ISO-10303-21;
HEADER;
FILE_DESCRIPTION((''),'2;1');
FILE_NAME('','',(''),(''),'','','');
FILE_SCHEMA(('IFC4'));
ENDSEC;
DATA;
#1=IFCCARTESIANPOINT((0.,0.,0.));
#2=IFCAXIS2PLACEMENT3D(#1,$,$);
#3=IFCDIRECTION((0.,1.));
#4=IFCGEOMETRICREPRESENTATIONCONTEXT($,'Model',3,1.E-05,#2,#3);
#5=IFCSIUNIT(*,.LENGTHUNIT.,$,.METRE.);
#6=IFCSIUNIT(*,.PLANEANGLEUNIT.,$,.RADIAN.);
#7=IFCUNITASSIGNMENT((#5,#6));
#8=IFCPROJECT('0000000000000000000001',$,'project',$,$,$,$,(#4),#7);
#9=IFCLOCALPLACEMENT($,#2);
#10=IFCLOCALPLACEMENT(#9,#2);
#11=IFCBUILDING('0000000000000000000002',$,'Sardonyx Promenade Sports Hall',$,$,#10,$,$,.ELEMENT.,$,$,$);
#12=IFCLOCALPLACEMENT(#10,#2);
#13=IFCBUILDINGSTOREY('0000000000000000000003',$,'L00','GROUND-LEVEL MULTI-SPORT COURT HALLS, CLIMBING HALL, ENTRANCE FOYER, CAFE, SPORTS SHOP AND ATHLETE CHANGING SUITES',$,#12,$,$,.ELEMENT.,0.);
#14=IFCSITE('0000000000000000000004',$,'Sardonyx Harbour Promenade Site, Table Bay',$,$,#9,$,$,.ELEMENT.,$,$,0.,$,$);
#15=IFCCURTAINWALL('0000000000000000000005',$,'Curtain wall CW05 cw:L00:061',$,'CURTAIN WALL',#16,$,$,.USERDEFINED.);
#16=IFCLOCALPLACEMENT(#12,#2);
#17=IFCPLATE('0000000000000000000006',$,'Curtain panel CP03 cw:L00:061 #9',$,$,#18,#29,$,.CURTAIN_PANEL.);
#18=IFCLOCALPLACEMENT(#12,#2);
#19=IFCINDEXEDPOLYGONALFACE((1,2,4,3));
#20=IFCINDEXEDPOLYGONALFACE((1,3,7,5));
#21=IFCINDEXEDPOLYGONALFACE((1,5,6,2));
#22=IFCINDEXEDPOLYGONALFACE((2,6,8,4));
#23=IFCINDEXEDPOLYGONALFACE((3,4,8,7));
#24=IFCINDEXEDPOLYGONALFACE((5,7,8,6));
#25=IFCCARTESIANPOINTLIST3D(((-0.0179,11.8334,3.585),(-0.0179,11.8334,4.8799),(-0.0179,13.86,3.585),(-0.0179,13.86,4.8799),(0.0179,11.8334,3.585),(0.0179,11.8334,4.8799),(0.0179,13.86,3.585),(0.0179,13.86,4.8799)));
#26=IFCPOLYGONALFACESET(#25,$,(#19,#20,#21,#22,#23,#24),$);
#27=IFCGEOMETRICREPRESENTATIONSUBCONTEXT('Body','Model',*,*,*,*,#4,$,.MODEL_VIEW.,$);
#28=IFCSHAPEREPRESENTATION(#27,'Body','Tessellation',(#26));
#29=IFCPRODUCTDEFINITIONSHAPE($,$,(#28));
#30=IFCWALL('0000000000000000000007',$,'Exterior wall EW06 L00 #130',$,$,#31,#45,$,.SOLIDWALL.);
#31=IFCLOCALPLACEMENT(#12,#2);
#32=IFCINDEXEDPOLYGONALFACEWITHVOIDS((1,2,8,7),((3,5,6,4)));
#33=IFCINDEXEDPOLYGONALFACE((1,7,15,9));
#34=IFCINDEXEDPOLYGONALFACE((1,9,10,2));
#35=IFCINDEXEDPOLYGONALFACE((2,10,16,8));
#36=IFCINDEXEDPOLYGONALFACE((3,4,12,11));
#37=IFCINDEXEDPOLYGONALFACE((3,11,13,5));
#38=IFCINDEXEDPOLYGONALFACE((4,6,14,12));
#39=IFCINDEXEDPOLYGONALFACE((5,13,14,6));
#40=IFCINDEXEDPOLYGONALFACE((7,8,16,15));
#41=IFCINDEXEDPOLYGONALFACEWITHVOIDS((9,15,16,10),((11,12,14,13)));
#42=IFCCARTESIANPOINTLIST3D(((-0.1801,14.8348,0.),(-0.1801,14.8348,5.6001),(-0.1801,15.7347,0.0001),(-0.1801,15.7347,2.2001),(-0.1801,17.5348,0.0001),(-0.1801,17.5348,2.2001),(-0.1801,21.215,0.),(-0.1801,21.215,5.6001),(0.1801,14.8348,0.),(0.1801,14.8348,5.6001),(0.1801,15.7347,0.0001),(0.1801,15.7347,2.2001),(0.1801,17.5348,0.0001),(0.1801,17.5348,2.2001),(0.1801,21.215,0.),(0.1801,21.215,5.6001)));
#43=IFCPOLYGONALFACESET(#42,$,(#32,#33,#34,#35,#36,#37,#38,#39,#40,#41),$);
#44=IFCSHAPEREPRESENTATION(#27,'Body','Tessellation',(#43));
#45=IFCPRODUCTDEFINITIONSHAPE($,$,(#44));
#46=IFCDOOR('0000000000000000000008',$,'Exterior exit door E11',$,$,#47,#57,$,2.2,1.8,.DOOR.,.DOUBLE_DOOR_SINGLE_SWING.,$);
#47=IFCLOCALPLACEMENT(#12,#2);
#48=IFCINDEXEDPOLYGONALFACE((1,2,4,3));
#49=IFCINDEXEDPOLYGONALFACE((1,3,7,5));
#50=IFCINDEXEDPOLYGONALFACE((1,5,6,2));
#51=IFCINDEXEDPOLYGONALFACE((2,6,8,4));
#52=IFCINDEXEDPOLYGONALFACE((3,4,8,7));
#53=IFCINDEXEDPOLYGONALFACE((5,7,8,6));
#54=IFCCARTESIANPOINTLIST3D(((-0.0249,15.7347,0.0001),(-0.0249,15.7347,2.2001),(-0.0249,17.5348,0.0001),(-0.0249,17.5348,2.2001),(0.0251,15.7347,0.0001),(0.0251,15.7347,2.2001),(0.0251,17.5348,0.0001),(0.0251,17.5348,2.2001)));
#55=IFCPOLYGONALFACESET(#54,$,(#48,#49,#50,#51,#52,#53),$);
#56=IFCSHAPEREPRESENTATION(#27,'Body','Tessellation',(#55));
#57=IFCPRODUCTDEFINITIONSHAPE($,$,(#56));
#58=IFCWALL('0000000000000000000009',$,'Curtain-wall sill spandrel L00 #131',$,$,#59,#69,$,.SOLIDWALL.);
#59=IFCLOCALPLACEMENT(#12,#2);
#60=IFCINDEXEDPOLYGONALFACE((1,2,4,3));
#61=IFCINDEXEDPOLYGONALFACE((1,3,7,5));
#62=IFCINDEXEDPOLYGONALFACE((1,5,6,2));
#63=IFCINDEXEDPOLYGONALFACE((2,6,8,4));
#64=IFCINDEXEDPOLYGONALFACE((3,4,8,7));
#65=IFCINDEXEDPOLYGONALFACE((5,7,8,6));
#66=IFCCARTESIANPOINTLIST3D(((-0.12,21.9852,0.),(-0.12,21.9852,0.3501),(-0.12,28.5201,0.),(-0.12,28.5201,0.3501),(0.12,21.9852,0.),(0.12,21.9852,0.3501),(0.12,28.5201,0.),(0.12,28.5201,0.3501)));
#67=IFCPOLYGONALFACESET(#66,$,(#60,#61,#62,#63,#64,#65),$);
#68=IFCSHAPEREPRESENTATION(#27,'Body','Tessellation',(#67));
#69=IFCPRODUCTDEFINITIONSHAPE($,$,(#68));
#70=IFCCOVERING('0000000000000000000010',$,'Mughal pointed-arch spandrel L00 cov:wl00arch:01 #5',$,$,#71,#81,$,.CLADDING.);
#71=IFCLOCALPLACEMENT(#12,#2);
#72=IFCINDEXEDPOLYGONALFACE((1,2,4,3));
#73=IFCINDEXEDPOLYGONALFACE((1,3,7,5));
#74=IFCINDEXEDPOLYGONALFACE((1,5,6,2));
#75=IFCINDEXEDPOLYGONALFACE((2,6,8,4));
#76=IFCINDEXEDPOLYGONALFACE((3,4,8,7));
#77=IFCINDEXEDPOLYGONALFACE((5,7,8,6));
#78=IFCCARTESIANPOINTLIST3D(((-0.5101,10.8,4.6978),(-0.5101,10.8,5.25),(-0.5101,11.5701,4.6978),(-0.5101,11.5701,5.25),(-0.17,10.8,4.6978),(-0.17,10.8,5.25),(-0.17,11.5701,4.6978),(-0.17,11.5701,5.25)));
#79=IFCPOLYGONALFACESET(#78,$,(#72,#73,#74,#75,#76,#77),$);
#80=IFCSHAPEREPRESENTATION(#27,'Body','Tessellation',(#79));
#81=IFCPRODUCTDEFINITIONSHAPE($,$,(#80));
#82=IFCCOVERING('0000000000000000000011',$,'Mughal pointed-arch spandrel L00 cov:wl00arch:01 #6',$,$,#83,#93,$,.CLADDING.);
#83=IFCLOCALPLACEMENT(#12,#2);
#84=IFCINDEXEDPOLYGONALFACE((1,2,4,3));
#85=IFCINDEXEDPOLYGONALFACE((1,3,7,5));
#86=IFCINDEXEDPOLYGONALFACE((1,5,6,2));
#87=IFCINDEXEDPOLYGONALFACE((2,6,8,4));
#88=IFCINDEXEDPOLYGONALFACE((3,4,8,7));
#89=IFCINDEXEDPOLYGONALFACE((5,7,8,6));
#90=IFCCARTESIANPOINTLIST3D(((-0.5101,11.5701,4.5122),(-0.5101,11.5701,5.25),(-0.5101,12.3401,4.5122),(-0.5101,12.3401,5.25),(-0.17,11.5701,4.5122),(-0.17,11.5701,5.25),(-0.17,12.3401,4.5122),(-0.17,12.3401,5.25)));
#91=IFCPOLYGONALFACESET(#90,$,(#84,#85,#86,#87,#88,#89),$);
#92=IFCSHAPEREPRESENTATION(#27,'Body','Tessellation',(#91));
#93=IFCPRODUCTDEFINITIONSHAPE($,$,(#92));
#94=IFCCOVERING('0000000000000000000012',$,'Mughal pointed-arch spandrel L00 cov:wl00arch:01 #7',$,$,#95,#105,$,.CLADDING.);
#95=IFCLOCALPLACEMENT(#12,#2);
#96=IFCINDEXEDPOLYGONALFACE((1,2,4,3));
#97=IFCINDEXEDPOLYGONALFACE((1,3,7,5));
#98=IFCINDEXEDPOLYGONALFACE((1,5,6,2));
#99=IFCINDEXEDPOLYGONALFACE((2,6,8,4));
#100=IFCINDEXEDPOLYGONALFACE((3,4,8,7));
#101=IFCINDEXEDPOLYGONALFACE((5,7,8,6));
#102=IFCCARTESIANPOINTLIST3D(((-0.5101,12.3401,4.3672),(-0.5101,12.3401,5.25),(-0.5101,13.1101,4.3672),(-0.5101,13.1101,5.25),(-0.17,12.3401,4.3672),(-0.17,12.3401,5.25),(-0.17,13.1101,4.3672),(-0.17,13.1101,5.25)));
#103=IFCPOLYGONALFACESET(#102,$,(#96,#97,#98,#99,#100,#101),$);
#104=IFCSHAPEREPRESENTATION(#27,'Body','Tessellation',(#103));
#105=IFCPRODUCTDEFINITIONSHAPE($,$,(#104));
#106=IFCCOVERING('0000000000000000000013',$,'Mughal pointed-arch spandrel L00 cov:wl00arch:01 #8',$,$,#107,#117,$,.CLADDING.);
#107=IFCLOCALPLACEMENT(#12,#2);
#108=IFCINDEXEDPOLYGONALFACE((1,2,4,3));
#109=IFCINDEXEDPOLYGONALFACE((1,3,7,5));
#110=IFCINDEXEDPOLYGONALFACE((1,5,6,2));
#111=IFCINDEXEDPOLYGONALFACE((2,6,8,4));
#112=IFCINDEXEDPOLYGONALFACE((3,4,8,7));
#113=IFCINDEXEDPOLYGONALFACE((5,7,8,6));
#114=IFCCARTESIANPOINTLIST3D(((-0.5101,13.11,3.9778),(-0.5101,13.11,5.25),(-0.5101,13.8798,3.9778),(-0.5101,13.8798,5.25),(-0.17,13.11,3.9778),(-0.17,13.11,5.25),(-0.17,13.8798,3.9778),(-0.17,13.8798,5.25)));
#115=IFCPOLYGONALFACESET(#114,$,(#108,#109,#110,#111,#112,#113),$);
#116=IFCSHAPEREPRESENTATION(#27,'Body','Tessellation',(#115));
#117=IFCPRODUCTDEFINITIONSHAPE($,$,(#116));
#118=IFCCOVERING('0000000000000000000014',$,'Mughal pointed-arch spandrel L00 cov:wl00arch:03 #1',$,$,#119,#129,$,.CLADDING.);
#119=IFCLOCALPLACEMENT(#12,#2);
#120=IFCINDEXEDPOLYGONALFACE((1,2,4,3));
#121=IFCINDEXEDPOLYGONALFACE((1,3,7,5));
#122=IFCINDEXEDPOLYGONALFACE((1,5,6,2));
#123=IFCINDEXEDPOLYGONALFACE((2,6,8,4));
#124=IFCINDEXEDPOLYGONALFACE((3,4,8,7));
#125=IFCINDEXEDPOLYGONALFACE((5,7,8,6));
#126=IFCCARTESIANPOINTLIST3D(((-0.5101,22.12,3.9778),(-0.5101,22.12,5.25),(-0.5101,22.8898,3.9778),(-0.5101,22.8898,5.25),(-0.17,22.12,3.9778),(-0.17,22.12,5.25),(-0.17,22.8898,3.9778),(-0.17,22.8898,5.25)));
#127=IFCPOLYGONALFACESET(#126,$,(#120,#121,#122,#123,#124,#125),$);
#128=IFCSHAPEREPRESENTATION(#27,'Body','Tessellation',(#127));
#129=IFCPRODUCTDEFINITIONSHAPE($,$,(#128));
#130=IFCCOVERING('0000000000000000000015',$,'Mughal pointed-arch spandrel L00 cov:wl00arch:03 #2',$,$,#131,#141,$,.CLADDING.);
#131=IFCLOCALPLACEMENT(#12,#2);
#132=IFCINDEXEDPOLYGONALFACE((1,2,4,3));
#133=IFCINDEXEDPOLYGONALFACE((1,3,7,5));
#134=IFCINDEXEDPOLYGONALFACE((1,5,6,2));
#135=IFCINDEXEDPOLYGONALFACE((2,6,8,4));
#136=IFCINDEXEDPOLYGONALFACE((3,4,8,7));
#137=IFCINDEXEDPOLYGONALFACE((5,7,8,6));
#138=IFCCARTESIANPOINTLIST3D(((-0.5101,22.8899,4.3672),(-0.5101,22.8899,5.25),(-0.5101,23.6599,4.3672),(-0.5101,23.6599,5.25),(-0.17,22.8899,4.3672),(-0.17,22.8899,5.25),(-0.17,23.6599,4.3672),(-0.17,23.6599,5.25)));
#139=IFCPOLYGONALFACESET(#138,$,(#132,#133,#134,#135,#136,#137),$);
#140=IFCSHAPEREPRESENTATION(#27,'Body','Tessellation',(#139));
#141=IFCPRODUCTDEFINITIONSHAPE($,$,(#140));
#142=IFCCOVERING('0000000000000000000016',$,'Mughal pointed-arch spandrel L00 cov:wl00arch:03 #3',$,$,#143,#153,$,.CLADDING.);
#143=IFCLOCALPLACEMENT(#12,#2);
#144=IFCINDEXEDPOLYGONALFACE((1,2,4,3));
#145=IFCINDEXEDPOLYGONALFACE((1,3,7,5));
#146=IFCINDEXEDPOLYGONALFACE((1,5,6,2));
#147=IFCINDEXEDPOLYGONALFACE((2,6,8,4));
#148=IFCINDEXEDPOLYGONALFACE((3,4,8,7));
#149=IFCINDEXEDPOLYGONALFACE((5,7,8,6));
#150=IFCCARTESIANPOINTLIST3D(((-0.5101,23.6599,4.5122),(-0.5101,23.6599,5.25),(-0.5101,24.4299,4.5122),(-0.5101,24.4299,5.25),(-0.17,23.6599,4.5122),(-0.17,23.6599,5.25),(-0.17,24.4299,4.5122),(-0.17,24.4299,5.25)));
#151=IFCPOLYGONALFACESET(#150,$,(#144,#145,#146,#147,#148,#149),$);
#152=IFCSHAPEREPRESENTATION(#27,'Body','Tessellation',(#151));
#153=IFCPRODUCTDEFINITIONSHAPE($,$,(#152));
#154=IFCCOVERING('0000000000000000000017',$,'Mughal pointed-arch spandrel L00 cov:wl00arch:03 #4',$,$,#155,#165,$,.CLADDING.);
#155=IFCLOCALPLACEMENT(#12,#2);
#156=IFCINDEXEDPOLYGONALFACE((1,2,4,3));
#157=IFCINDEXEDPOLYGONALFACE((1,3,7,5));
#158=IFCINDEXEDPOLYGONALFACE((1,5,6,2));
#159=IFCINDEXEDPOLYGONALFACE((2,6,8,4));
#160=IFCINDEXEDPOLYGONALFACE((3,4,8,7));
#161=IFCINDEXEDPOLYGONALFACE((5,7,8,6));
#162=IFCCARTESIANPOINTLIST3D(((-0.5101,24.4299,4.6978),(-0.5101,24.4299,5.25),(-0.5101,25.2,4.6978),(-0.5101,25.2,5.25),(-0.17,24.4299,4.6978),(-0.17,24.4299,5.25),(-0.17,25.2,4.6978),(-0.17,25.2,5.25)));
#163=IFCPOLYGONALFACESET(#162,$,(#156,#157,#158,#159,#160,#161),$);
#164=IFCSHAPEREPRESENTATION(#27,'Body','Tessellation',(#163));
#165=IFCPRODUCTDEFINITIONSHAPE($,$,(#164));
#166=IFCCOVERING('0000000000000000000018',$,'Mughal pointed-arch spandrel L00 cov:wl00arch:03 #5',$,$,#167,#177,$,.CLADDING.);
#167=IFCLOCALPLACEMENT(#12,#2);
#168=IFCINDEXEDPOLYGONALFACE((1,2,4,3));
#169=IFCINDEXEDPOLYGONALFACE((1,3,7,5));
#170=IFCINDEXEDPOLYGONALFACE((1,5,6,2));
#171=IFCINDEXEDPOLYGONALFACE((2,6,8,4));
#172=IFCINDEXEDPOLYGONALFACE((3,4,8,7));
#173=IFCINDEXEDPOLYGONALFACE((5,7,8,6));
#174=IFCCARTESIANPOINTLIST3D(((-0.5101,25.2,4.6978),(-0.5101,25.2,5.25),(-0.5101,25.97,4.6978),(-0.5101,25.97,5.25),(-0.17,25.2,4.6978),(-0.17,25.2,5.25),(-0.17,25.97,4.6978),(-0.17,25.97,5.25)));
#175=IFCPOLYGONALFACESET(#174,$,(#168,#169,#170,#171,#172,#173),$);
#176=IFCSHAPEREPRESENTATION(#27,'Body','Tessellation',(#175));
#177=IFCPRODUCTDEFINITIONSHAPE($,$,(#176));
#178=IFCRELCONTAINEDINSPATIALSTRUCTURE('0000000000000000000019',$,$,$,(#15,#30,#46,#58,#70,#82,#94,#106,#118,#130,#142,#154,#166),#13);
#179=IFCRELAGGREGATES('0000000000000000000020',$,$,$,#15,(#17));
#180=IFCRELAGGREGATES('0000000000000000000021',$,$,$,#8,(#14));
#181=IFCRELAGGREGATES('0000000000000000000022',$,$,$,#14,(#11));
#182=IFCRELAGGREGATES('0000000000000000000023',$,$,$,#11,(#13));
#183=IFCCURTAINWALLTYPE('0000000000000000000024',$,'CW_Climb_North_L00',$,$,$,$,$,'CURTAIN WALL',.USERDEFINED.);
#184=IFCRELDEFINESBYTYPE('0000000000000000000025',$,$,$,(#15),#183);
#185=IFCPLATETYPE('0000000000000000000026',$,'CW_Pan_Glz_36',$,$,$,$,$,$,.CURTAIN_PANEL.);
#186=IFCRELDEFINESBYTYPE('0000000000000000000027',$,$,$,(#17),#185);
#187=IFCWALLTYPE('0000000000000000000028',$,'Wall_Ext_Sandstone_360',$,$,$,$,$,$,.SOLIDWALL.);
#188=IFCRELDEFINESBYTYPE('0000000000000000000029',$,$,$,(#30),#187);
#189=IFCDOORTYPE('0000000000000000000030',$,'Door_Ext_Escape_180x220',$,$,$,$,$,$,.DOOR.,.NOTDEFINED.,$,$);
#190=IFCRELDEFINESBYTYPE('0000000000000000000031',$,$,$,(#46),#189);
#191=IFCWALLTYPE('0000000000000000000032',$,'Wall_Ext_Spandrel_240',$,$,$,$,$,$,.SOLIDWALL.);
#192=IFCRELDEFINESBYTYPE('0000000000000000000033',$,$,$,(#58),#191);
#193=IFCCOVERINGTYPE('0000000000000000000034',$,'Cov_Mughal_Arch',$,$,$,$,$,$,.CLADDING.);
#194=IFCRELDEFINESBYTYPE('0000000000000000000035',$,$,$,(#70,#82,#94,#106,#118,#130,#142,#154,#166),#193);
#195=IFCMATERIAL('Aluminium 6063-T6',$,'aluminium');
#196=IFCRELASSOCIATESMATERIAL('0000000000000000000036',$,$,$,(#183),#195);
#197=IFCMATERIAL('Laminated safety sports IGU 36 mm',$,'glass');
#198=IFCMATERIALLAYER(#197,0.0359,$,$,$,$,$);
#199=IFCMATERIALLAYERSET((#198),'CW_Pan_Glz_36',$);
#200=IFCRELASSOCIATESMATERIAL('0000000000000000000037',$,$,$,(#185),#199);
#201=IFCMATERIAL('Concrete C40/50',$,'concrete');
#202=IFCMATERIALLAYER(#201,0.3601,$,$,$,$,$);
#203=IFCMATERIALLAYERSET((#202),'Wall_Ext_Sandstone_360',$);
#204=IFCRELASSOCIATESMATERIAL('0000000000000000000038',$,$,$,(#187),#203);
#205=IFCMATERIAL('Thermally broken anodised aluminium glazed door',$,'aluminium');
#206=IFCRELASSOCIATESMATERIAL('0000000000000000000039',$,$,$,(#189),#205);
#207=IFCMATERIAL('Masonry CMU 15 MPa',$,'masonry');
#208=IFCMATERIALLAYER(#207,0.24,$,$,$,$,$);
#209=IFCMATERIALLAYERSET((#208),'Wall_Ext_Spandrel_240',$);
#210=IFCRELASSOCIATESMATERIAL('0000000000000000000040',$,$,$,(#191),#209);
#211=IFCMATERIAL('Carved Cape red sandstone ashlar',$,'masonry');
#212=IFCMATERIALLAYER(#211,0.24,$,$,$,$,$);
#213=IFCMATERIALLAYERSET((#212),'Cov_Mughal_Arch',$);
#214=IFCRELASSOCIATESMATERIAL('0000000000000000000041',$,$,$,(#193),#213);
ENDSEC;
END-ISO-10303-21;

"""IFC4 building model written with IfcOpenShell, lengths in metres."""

from ifc_helpers import new_model, si_unit, direction, frame, frame_2d, origin, origin_2d, place, context, subcontext, project, spatial, rectangle, extrude, material, layer, layer_set, type_object, element, fill, aggregate, save


model = new_model("IFC4")

# Units and contexts
model_context = context("Model", 3, precision=1e-05, world=origin(), true_north=direction((0.0, 1.0)))
body_context = subcontext(model_context, "Body", "Model", "MODEL_VIEW")
ifc_project = project(units=[si_unit("LENGTHUNIT", "METRE"), si_unit("PLANEANGLEUNIT", "RADIAN")], contexts=[model_context])

# Site, building, storey
site_placement = place(None, origin())
site = spatial("IfcSite", under=ifc_project, at=site_placement, Name="Sardonyx Harbour Promenade Site, Table Bay", CompositionType="ELEMENT", RefElevation=0.0)
building_placement = place(site_placement, origin())
building = spatial("IfcBuilding", under=site, at=building_placement, Name="Sardonyx Promenade Sports Hall", CompositionType="ELEMENT")
storey_placement = place(building_placement, origin())
storey = spatial("IfcBuildingStorey", under=building, at=storey_placement, Name="L00", Description="GROUND-LEVEL MULTI-SPORT COURT HALLS, CLIMBING HALL, ENTRANCE FOYER, CAFE, SPORTS SHOP AND ATHLETE CHANGING SUITES", CompositionType="ELEMENT", Elevation=0.0)

# Curtain wall
ifc_material_1 = material(Name="Aluminium 6063-T6", Category="aluminium")
curtain_wall_type = type_object("IfcCurtainWallType", Name="CW_Climb_North_L00", ElementType="CURTAIN WALL", PredefinedType="USERDEFINED", material=ifc_material_1)
curtain_wall_1_placement = place(storey_placement, origin())
curtain_wall_1 = element("IfcCurtainWall", 1, at=curtain_wall_1_placement, inside=storey, type_object=curtain_wall_type, Name="Curtain wall CW05 cw:L00:061", ObjectType="CURTAIN WALL", PredefinedType="USERDEFINED")

# Plate
ifc_material_2 = material(Name="Laminated safety sports IGU 36 mm", Category="glass")
ifc_layer_1 = layer(ifc_material_2, 0.0359)
ifc_layer_set_1 = layer_set([ifc_layer_1], Name="CW_Pan_Glz_36")
plate_type = type_object("IfcPlateType", Name="CW_Pan_Glz_36", PredefinedType="CURTAIN_PANEL", material=ifc_layer_set_1)
plate_1_placement = place(storey_placement, frame((0.0, 12.8467, 3.585), z_axis=(0.0, 0.0, 1.0), x_axis=(0.0, 1.0, 0.0)))
plate_1 = element("IfcPlate", 2, at=plate_1_placement, type_object=plate_type, Name="Curtain panel CP03 cw:L00:061 #9", PredefinedType="CURTAIN_PANEL", context=body_context, shape_type="SweptSolid", body=[
    extrude(rectangle(XDim=2.0266, YDim=0.0359, at=origin_2d()), origin(), (0.0, 0.0, 1.0), 1.2949),
])
aggregate(curtain_wall_1, [plate_1])

# Wall, opening, door
ifc_material_3 = material(Name="Concrete C40/50", Category="concrete")
ifc_layer_2 = layer(ifc_material_3, 0.3601)
ifc_layer_set_2 = layer_set([ifc_layer_2], Name="Wall_Ext_Sandstone_360")
wall_type_1 = type_object("IfcWallType", Name="Wall_Ext_Sandstone_360", PredefinedType="SOLIDWALL", material=ifc_layer_set_2)
wall_1_placement = place(storey_placement, frame((0.0, 14.835, 0.0), z_axis=(0.0, 0.0, 1.0), x_axis=(0.0, 1.0, 0.0)))
wall_1 = element("IfcWall", 3, at=wall_1_placement, inside=storey, type_object=wall_type_1, Name="Exterior wall EW06 L00 #130", PredefinedType="SOLIDWALL", context=body_context, shape_type="SweptSolid", body=[
    extrude(rectangle(XDim=6.3801, YDim=0.3601, at=frame_2d((3.1899, 0.0))), origin(), (0.0, 0.0, 1.0), 5.6001),
])
opening_placement = place(wall_1_placement, frame((0.8999, 0.0, 0.0)))
opening = element("IfcOpeningElement", 4, at=opening_placement, cuts=wall_1, PredefinedType="OPENING", context=body_context, shape_type="SweptSolid", body=[
    extrude(rectangle(XDim=1.8, YDim=2.2, at=frame_2d((0.8999, 1.1001))), frame((0.0, 0.19, 0.0), z_axis=(0.0, -1.0, 0.0), x_axis=(1.0, 0.0, 0.0)), (0.0, 0.0, 1.0), 0.38),
])
ifc_material_4 = material(Name="Thermally broken anodised aluminium glazed door", Category="aluminium")
door_type = type_object("IfcDoorType", Name="Door_Ext_Escape_180x220", OperationType="NOTDEFINED", PredefinedType="DOOR", material=ifc_material_4)
door_placement = place(opening_placement, origin())
door = element("IfcDoor", 5, at=door_placement, inside=storey, type_object=door_type, Name="Exterior exit door E11", OperationType="DOUBLE_DOOR_SINGLE_SWING", OverallHeight=2.2, OverallWidth=1.8, PredefinedType="DOOR", context=body_context, shape_type="SweptSolid", body=[
    extrude(rectangle(XDim=1.8, YDim=2.2, at=frame_2d((0.8999, 1.1001))), frame((0.0, 0.0249, 0.0), z_axis=(0.0, -1.0, 0.0), x_axis=(1.0, 0.0, 0.0)), (0.0, 0.0, 1.0), 0.05),
])
fill(opening, door)

# Wall
ifc_material_5 = material(Name="Masonry CMU 15 MPa", Category="masonry")
ifc_layer_3 = layer(ifc_material_5, 0.24)
ifc_layer_set_3 = layer_set([ifc_layer_3], Name="Wall_Ext_Spandrel_240")
wall_type_2 = type_object("IfcWallType", Name="Wall_Ext_Spandrel_240", PredefinedType="SOLIDWALL", material=ifc_layer_set_3)
wall_2_placement = place(storey_placement, frame((0.0, 21.9851, 0.0), z_axis=(0.0, 0.0, 1.0), x_axis=(0.0, 1.0, 0.0)))
element("IfcWall", 6, at=wall_2_placement, inside=storey, type_object=wall_type_2, Name="Curtain-wall sill spandrel L00 #131", PredefinedType="SOLIDWALL", context=body_context, shape_type="SweptSolid", body=[
    extrude(rectangle(XDim=6.5349, YDim=0.24, at=frame_2d((3.2676, 0.0))), origin(), (0.0, 0.0, 1.0), 0.3501),
])

# Coverings
ifc_material_6 = material(Name="Carved Cape red sandstone ashlar", Category="masonry")
ifc_layer_4 = layer(ifc_material_6, 0.24)
ifc_layer_set_4 = layer_set([ifc_layer_4], Name="Cov_Mughal_Arch")
covering_type = type_object("IfcCoveringType", Name="Cov_Mughal_Arch", PredefinedType="CLADDING", material=ifc_layer_set_4)
covering_1_placement = place(storey_placement, frame((-0.3401, 10.8, 4.6978), z_axis=(0.0, 0.0, 1.0), x_axis=(0.0, 1.0, 0.0)))
element("IfcCovering", 7, at=covering_1_placement, inside=storey, type_object=covering_type, Name="Mughal pointed-arch spandrel L00 cov:wl00arch:01 #5", PredefinedType="CLADDING", context=body_context, shape_type="SweptSolid", body=[
    extrude(rectangle(XDim=0.77, YDim=0.3401, at=frame_2d((0.385, 0.0))), origin(), (0.0, 0.0, 1.0), 0.5522),
])
covering_2_placement = place(storey_placement, frame((-0.3401, 11.5701, 4.5122), z_axis=(0.0, 0.0, 1.0), x_axis=(0.0, 1.0, 0.0)))
element("IfcCovering", 8, at=covering_2_placement, inside=storey, type_object=covering_type, Name="Mughal pointed-arch spandrel L00 cov:wl00arch:01 #6", PredefinedType="CLADDING", context=body_context, shape_type="SweptSolid", body=[
    extrude(rectangle(XDim=0.77, YDim=0.3401, at=frame_2d((0.385, 0.0))), origin(), (0.0, 0.0, 1.0), 0.7378),
])
covering_3_placement = place(storey_placement, frame((-0.3401, 12.3401, 4.3672), z_axis=(0.0, 0.0, 1.0), x_axis=(0.0, 1.0, 0.0)))
element("IfcCovering", 9, at=covering_3_placement, inside=storey, type_object=covering_type, Name="Mughal pointed-arch spandrel L00 cov:wl00arch:01 #7", PredefinedType="CLADDING", context=body_context, shape_type="SweptSolid", body=[
    extrude(rectangle(XDim=0.77, YDim=0.3401, at=frame_2d((0.385, 0.0))), origin(), (0.0, 0.0, 1.0), 0.8828),
])
for number, where, z_axis, x_axis, name in (
    (10, (-0.3401, 13.1101, 3.9778), (0.0, 0.0, 1.0), (0.0, 1.0, 0.0), "Mughal pointed-arch spandrel L00 cov:wl00arch:01 #8"),
    (11, (-0.3401, 22.1201, 3.9778), (0.0, 0.0, 1.0), (0.0, 1.0, 0.0), "Mughal pointed-arch spandrel L00 cov:wl00arch:03 #1"),
):
    element("IfcCovering", number, at=place(storey_placement, frame(where, z_axis=z_axis, x_axis=x_axis)), inside=storey, type_object=covering_type, Name=name, PredefinedType="CLADDING", context=body_context, shape_type="SweptSolid", body=[
        extrude(rectangle(XDim=0.7698, YDim=0.3401, at=frame_2d((0.3848, 0.0))), origin(), (0.0, 0.0, 1.0), 1.2722),
    ])
covering_4_placement = place(storey_placement, frame((-0.3401, 22.8899, 4.3672), z_axis=(0.0, 0.0, 1.0), x_axis=(0.0, 1.0, 0.0)))
element("IfcCovering", 12, at=covering_4_placement, inside=storey, type_object=covering_type, Name="Mughal pointed-arch spandrel L00 cov:wl00arch:03 #2", PredefinedType="CLADDING", context=body_context, shape_type="SweptSolid", body=[
    extrude(rectangle(XDim=0.77, YDim=0.3401, at=frame_2d((0.385, 0.0))), origin(), (0.0, 0.0, 1.0), 0.8828),
])
covering_5_placement = place(storey_placement, frame((-0.3401, 23.6599, 4.5122), z_axis=(0.0, 0.0, 1.0), x_axis=(0.0, 1.0, 0.0)))
element("IfcCovering", 13, at=covering_5_placement, inside=storey, type_object=covering_type, Name="Mughal pointed-arch spandrel L00 cov:wl00arch:03 #3", PredefinedType="CLADDING", context=body_context, shape_type="SweptSolid", body=[
    extrude(rectangle(XDim=0.77, YDim=0.3401, at=frame_2d((0.385, 0.0))), origin(), (0.0, 0.0, 1.0), 0.7378),
])
for number, where, z_axis, x_axis, name in (
    (14, (-0.3401, 24.4299, 4.6978), (0.0, 0.0, 1.0), (0.0, 1.0, 0.0), "Mughal pointed-arch spandrel L00 cov:wl00arch:03 #4"),
    (15, (-0.3401, 25.2, 4.6978), (0.0, 0.0, 1.0), (0.0, 1.0, 0.0), "Mughal pointed-arch spandrel L00 cov:wl00arch:03 #5"),
):
    element("IfcCovering", number, at=place(storey_placement, frame(where, z_axis=z_axis, x_axis=x_axis)), inside=storey, type_object=covering_type, Name=name, PredefinedType="CLADDING", context=body_context, shape_type="SweptSolid", body=[
        extrude(rectangle(XDim=0.77, YDim=0.3401, at=frame_2d((0.385, 0.0))), origin(), (0.0, 0.0, 1.0), 0.5522),
    ])

save(model, "model.ifc")
